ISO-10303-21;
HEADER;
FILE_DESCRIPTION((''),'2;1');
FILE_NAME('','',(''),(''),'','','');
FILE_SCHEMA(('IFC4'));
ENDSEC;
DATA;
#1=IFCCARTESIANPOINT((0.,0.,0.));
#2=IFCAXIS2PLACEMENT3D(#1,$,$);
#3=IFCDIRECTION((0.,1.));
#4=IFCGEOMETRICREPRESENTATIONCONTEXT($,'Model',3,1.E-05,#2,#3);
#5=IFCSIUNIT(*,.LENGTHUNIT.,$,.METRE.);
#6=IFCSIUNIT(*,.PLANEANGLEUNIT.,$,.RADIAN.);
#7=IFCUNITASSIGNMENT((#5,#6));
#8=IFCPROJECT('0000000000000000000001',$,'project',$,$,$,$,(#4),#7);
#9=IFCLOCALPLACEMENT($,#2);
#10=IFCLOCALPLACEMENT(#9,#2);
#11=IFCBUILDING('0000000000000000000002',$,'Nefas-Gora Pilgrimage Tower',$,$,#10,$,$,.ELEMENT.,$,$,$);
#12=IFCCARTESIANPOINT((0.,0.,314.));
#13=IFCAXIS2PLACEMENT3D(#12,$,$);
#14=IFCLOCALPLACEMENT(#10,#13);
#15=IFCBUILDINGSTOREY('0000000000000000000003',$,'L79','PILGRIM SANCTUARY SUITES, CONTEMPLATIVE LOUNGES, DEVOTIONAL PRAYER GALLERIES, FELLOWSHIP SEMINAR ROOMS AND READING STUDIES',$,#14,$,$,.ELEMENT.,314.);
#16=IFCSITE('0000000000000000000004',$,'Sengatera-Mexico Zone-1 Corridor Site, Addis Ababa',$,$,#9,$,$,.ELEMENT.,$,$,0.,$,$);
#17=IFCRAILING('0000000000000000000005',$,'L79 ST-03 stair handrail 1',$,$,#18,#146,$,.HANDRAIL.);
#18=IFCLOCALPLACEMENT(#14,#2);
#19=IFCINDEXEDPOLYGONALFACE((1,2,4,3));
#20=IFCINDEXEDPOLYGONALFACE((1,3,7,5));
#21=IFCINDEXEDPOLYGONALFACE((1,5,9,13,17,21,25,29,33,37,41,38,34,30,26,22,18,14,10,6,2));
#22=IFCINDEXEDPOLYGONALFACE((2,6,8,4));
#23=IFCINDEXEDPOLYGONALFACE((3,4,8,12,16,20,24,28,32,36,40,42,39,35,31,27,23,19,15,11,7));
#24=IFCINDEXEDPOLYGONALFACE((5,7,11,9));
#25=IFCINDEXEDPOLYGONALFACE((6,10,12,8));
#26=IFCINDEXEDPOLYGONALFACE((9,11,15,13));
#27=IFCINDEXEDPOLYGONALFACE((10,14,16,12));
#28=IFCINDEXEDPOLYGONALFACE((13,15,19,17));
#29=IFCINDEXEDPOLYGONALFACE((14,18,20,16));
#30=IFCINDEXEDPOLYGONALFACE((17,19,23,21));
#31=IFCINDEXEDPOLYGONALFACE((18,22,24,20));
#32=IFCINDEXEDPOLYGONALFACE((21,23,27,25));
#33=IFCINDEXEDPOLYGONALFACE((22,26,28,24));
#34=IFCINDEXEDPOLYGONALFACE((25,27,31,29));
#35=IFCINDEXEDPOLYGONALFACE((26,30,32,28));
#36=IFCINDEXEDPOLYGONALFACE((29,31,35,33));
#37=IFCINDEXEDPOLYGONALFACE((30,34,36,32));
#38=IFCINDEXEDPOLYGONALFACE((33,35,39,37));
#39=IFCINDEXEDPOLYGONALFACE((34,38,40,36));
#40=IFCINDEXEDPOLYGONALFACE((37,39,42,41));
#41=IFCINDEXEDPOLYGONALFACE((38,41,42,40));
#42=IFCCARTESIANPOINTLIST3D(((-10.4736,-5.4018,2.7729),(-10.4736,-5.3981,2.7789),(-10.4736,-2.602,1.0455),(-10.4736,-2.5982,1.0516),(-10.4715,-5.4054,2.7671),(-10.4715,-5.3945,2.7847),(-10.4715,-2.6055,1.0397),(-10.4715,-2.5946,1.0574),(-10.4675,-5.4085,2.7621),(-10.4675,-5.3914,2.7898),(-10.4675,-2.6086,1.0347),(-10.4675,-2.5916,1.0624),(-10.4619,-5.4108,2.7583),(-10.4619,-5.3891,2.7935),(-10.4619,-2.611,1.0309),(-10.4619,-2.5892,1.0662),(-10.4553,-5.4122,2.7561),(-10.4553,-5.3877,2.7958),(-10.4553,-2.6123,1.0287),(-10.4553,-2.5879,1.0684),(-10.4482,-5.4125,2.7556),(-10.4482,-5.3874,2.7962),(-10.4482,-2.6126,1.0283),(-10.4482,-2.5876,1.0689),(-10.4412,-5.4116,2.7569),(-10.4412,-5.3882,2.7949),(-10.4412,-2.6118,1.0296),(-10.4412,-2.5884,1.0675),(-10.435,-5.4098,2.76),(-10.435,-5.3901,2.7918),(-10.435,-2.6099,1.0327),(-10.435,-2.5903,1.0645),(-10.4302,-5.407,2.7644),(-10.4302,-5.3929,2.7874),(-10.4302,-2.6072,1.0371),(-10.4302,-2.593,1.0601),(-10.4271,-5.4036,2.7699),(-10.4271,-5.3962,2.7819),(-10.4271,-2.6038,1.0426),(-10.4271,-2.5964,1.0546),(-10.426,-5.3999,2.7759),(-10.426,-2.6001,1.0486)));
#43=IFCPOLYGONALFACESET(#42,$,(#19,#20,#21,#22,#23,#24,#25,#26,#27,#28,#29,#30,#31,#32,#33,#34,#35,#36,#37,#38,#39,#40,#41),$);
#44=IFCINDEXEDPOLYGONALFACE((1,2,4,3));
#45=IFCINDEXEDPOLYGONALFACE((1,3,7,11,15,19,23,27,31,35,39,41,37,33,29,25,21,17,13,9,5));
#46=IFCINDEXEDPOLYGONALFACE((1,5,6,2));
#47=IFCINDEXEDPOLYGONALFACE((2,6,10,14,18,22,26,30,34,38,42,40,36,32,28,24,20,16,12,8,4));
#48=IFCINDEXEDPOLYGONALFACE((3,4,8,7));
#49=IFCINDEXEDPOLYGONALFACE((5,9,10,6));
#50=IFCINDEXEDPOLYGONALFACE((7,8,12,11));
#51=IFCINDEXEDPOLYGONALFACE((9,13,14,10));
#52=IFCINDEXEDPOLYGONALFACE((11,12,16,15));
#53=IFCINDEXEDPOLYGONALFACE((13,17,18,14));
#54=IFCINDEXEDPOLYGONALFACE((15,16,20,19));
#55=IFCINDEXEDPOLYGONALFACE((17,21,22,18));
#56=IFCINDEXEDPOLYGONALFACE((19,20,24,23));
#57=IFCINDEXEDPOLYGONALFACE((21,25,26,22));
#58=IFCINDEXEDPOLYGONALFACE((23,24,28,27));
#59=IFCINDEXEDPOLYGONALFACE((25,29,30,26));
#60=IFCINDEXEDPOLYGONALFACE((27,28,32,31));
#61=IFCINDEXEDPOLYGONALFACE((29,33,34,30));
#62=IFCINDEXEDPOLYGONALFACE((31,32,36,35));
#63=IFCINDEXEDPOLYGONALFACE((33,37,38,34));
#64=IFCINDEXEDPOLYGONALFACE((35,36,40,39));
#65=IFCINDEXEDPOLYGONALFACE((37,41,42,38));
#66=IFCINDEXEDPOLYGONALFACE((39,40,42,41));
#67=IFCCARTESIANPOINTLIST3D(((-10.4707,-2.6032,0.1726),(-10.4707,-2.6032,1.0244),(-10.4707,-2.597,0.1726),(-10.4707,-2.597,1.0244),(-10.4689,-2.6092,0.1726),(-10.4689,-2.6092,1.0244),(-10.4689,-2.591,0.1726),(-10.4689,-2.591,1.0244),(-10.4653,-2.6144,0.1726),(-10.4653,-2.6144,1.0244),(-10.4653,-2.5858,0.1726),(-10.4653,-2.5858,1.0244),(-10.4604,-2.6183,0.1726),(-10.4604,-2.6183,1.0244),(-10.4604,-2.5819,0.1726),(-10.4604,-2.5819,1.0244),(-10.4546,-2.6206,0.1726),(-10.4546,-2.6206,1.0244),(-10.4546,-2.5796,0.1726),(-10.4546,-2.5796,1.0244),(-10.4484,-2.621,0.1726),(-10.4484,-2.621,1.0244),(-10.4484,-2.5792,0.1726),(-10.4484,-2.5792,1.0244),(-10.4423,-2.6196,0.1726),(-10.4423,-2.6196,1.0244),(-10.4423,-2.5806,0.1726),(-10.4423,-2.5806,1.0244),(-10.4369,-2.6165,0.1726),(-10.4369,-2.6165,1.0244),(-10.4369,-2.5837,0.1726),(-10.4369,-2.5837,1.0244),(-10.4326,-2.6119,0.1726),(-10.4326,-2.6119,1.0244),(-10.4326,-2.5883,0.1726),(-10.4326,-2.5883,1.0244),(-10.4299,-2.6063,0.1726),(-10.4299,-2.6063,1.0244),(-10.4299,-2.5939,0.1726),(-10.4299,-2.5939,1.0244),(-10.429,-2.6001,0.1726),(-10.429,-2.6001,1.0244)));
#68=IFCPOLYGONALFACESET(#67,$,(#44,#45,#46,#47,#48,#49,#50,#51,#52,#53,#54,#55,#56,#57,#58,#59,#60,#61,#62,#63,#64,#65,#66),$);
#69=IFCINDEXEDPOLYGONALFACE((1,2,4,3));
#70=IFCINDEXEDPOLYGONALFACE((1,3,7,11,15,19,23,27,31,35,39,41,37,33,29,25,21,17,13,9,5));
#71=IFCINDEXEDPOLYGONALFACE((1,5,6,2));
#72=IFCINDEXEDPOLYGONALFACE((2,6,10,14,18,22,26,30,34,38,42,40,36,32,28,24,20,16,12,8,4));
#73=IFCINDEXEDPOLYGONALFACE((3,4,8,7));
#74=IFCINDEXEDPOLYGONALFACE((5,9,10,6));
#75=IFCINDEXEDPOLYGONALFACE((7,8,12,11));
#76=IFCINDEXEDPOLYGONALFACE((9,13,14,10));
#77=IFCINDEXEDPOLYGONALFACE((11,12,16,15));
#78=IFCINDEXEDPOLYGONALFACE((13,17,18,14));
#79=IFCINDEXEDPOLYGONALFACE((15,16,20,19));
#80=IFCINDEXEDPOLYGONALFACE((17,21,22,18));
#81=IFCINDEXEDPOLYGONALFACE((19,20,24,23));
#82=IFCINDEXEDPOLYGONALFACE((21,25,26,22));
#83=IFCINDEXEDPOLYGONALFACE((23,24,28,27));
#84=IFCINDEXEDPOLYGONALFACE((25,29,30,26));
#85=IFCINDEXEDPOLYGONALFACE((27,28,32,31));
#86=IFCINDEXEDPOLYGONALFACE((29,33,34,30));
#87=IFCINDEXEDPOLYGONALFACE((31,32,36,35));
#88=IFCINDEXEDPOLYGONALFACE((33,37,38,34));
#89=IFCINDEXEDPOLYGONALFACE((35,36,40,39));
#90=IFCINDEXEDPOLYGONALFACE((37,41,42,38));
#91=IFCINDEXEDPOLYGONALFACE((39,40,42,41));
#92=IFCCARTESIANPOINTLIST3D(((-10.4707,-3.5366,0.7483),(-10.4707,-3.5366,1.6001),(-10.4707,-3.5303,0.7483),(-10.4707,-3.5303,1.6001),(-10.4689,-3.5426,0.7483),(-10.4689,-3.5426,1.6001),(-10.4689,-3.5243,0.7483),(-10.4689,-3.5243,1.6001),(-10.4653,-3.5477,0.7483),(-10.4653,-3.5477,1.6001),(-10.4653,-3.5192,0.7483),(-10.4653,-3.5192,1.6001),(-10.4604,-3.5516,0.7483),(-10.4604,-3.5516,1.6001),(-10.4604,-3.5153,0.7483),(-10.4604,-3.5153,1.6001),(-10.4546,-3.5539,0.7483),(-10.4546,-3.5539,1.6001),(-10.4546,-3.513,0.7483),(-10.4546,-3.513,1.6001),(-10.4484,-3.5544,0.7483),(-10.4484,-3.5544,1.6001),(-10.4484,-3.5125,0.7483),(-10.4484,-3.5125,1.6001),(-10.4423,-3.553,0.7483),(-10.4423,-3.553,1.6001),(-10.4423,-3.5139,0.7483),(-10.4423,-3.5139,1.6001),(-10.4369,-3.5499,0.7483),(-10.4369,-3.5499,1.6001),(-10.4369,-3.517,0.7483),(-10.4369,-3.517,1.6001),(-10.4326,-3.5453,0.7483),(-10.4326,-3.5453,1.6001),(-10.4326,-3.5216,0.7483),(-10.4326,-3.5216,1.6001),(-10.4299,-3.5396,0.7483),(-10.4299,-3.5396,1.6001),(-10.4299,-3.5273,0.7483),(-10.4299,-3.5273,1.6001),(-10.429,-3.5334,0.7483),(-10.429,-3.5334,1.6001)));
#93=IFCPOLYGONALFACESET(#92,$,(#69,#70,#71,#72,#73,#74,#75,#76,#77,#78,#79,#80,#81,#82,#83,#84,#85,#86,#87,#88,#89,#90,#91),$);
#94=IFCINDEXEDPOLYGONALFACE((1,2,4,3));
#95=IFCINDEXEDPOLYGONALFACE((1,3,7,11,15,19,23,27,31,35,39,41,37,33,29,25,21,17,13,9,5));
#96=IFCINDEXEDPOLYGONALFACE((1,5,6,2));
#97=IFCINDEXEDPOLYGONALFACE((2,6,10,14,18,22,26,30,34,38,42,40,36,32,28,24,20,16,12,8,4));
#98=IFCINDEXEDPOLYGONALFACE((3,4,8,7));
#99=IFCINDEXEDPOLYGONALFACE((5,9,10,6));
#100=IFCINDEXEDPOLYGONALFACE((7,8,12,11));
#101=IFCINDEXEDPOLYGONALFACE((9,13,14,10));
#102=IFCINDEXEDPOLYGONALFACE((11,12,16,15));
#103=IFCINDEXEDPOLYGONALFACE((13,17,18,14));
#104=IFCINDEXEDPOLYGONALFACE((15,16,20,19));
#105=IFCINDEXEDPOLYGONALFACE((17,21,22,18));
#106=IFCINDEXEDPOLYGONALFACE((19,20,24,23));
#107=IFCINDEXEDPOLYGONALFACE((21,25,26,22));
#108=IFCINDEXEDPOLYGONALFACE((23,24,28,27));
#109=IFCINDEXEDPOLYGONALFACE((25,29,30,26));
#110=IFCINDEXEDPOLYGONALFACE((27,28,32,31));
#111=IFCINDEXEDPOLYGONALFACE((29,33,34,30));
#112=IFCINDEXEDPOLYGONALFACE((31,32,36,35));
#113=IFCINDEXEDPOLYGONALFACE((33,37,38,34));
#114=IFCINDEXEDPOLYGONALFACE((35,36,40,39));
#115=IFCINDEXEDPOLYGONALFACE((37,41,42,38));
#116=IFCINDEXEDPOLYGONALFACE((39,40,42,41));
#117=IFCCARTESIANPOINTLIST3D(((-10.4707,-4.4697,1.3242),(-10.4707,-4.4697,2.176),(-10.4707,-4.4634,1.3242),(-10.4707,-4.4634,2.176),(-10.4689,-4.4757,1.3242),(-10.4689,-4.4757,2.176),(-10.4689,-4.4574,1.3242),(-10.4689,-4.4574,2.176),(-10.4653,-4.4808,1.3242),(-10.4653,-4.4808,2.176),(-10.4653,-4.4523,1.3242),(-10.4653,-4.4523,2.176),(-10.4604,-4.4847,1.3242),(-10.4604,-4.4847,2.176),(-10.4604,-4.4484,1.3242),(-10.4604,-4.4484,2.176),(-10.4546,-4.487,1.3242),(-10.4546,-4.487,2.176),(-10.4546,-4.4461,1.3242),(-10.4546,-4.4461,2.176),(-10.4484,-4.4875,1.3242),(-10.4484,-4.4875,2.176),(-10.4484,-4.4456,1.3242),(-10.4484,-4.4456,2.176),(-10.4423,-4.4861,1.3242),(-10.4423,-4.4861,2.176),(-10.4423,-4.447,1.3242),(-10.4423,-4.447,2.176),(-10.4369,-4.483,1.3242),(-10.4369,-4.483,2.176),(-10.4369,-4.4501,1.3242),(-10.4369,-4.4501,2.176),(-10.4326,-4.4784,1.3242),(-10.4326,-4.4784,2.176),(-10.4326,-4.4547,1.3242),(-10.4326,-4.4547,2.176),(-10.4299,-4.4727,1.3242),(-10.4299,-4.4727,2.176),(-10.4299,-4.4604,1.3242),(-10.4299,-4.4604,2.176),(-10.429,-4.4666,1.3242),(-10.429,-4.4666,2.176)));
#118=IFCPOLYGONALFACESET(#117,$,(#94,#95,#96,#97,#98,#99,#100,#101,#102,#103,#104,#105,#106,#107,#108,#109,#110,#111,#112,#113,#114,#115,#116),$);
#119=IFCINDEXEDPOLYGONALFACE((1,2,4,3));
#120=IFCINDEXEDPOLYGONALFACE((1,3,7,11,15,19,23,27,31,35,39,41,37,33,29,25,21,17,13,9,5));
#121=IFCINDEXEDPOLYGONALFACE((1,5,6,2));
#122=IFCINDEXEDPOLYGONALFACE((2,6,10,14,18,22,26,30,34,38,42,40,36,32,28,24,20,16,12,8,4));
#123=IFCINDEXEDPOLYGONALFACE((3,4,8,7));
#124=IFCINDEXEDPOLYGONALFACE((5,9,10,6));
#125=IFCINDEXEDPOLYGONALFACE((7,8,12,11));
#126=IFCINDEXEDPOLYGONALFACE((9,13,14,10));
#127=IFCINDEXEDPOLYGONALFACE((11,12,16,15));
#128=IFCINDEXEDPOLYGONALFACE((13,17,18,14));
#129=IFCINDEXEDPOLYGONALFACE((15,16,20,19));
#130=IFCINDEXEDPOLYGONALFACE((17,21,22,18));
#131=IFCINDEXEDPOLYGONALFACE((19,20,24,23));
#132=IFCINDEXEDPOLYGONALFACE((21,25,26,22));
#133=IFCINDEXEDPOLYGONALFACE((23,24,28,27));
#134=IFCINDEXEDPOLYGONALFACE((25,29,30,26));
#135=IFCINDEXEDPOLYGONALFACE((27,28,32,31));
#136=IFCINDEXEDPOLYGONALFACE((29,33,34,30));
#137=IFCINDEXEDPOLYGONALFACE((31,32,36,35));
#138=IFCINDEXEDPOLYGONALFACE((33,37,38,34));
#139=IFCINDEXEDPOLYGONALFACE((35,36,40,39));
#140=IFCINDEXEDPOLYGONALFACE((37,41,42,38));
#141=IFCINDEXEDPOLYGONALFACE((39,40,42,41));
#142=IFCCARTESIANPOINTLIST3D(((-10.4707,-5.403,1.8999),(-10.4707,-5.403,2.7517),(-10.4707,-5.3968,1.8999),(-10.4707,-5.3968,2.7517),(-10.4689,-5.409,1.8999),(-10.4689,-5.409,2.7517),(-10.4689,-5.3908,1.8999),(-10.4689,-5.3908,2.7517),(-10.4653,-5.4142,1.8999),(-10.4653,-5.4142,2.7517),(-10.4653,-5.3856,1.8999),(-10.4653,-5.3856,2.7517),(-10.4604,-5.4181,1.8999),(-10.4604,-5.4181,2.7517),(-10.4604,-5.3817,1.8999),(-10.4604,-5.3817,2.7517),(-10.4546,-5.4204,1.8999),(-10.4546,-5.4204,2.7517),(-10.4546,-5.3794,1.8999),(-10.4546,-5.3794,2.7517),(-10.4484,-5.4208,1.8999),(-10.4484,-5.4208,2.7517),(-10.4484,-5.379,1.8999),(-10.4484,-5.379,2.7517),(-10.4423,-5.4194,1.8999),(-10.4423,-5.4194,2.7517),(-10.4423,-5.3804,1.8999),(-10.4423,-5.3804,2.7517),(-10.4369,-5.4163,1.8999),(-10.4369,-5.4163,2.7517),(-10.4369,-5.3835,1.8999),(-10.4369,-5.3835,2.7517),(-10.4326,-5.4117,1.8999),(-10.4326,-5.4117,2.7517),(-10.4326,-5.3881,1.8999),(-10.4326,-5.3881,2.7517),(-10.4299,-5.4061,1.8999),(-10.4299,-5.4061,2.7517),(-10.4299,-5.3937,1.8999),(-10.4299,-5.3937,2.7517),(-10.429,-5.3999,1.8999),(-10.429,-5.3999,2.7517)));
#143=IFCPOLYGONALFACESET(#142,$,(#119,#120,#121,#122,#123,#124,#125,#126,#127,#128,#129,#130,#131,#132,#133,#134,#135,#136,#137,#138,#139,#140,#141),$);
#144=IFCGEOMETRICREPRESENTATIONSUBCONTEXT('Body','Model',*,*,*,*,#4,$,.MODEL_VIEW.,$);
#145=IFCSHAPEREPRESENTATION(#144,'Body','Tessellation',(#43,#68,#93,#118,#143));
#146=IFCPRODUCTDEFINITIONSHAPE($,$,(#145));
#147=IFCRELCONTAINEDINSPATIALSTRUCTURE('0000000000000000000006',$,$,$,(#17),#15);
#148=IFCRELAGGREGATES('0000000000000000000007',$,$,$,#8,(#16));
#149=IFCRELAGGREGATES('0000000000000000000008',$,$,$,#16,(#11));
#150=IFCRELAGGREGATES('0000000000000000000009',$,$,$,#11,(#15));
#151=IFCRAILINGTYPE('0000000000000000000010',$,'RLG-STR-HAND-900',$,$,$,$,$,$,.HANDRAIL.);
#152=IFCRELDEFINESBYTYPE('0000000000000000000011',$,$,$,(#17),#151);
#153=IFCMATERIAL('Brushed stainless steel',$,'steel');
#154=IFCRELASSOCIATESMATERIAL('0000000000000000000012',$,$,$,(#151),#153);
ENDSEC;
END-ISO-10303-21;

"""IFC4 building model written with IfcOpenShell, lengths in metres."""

from ifc_helpers import new_model, si_unit, direction, frame, origin, origin_2d, place, context, subcontext, project, spatial, circle, extrude, material, type_object, element, save


model = new_model("IFC4")

# Units and contexts
model_context = context("Model", 3, precision=1e-05, world=origin(), true_north=direction((0.0, 1.0)))
body_context = subcontext(model_context, "Body", "Model", "MODEL_VIEW")
ifc_project = project(units=[si_unit("LENGTHUNIT", "METRE"), si_unit("PLANEANGLEUNIT", "RADIAN")], contexts=[model_context])

# Site, building, storey
site_placement = place(None, origin())
site = spatial("IfcSite", under=ifc_project, at=site_placement, Name="Sengatera-Mexico Zone-1 Corridor Site, Addis Ababa", CompositionType="ELEMENT", RefElevation=0.0)
building_placement = place(site_placement, origin())
building = spatial("IfcBuilding", under=site, at=building_placement, Name="Nefas-Gora Pilgrimage Tower", CompositionType="ELEMENT")
storey_placement = place(building_placement, frame((0.0, 0.0, 314.0)))
storey = spatial("IfcBuildingStorey", under=building, at=storey_placement, Name="L79", Description="PILGRIM SANCTUARY SUITES, CONTEMPLATIVE LOUNGES, DEVOTIONAL PRAYER GALLERIES, FELLOWSHIP SEMINAR ROOMS AND READING STUDIES", CompositionType="ELEMENT", Elevation=314.0)

# Railing
ifc_material_1 = material(Name="Brushed stainless steel", Category="steel")
railing_type_1 = type_object("IfcRailingType", Name="RLG-STR-HAND-900", PredefinedType="HANDRAIL", material=ifc_material_1)
railing_1_placement = place(storey_placement, frame((-10.45, -2.6001, 0.1726)))
element("IfcRailing", 1, at=railing_1_placement, inside=storey, type_object=railing_type_1, Name="L79 ST-03 stair handrail 1", PredefinedType="HANDRAIL", context=body_context, shape_type="SweptSolid", body=[
    extrude(circle(Radius=0.0239, at=origin_2d()), frame((0.0, 0.0, 0.876), z_axis=(0.0, -0.851069, 0.525054), x_axis=(1.0, 0.0, 0.0)), (0.0, 0.0, 1.0), 3.2898),
    extrude(circle(Radius=0.021, at=origin_2d()), origin(), (0.0, 0.0, 1.0), 0.8518),
    extrude(circle(Radius=0.021, at=origin_2d()), frame((0.0, -0.9333, 0.5757)), (0.0, 0.0, 1.0), 0.8518),
    extrude(circle(Radius=0.021, at=origin_2d()), frame((0.0, -1.8665, 1.1516)), (0.0, 0.0, 1.0), 0.8518),
    extrude(circle(Radius=0.021, at=origin_2d()), frame((0.0, -2.7998, 1.7273)), (0.0, 0.0, 1.0), 0.8518),
])

save(model, "model.ifc")
